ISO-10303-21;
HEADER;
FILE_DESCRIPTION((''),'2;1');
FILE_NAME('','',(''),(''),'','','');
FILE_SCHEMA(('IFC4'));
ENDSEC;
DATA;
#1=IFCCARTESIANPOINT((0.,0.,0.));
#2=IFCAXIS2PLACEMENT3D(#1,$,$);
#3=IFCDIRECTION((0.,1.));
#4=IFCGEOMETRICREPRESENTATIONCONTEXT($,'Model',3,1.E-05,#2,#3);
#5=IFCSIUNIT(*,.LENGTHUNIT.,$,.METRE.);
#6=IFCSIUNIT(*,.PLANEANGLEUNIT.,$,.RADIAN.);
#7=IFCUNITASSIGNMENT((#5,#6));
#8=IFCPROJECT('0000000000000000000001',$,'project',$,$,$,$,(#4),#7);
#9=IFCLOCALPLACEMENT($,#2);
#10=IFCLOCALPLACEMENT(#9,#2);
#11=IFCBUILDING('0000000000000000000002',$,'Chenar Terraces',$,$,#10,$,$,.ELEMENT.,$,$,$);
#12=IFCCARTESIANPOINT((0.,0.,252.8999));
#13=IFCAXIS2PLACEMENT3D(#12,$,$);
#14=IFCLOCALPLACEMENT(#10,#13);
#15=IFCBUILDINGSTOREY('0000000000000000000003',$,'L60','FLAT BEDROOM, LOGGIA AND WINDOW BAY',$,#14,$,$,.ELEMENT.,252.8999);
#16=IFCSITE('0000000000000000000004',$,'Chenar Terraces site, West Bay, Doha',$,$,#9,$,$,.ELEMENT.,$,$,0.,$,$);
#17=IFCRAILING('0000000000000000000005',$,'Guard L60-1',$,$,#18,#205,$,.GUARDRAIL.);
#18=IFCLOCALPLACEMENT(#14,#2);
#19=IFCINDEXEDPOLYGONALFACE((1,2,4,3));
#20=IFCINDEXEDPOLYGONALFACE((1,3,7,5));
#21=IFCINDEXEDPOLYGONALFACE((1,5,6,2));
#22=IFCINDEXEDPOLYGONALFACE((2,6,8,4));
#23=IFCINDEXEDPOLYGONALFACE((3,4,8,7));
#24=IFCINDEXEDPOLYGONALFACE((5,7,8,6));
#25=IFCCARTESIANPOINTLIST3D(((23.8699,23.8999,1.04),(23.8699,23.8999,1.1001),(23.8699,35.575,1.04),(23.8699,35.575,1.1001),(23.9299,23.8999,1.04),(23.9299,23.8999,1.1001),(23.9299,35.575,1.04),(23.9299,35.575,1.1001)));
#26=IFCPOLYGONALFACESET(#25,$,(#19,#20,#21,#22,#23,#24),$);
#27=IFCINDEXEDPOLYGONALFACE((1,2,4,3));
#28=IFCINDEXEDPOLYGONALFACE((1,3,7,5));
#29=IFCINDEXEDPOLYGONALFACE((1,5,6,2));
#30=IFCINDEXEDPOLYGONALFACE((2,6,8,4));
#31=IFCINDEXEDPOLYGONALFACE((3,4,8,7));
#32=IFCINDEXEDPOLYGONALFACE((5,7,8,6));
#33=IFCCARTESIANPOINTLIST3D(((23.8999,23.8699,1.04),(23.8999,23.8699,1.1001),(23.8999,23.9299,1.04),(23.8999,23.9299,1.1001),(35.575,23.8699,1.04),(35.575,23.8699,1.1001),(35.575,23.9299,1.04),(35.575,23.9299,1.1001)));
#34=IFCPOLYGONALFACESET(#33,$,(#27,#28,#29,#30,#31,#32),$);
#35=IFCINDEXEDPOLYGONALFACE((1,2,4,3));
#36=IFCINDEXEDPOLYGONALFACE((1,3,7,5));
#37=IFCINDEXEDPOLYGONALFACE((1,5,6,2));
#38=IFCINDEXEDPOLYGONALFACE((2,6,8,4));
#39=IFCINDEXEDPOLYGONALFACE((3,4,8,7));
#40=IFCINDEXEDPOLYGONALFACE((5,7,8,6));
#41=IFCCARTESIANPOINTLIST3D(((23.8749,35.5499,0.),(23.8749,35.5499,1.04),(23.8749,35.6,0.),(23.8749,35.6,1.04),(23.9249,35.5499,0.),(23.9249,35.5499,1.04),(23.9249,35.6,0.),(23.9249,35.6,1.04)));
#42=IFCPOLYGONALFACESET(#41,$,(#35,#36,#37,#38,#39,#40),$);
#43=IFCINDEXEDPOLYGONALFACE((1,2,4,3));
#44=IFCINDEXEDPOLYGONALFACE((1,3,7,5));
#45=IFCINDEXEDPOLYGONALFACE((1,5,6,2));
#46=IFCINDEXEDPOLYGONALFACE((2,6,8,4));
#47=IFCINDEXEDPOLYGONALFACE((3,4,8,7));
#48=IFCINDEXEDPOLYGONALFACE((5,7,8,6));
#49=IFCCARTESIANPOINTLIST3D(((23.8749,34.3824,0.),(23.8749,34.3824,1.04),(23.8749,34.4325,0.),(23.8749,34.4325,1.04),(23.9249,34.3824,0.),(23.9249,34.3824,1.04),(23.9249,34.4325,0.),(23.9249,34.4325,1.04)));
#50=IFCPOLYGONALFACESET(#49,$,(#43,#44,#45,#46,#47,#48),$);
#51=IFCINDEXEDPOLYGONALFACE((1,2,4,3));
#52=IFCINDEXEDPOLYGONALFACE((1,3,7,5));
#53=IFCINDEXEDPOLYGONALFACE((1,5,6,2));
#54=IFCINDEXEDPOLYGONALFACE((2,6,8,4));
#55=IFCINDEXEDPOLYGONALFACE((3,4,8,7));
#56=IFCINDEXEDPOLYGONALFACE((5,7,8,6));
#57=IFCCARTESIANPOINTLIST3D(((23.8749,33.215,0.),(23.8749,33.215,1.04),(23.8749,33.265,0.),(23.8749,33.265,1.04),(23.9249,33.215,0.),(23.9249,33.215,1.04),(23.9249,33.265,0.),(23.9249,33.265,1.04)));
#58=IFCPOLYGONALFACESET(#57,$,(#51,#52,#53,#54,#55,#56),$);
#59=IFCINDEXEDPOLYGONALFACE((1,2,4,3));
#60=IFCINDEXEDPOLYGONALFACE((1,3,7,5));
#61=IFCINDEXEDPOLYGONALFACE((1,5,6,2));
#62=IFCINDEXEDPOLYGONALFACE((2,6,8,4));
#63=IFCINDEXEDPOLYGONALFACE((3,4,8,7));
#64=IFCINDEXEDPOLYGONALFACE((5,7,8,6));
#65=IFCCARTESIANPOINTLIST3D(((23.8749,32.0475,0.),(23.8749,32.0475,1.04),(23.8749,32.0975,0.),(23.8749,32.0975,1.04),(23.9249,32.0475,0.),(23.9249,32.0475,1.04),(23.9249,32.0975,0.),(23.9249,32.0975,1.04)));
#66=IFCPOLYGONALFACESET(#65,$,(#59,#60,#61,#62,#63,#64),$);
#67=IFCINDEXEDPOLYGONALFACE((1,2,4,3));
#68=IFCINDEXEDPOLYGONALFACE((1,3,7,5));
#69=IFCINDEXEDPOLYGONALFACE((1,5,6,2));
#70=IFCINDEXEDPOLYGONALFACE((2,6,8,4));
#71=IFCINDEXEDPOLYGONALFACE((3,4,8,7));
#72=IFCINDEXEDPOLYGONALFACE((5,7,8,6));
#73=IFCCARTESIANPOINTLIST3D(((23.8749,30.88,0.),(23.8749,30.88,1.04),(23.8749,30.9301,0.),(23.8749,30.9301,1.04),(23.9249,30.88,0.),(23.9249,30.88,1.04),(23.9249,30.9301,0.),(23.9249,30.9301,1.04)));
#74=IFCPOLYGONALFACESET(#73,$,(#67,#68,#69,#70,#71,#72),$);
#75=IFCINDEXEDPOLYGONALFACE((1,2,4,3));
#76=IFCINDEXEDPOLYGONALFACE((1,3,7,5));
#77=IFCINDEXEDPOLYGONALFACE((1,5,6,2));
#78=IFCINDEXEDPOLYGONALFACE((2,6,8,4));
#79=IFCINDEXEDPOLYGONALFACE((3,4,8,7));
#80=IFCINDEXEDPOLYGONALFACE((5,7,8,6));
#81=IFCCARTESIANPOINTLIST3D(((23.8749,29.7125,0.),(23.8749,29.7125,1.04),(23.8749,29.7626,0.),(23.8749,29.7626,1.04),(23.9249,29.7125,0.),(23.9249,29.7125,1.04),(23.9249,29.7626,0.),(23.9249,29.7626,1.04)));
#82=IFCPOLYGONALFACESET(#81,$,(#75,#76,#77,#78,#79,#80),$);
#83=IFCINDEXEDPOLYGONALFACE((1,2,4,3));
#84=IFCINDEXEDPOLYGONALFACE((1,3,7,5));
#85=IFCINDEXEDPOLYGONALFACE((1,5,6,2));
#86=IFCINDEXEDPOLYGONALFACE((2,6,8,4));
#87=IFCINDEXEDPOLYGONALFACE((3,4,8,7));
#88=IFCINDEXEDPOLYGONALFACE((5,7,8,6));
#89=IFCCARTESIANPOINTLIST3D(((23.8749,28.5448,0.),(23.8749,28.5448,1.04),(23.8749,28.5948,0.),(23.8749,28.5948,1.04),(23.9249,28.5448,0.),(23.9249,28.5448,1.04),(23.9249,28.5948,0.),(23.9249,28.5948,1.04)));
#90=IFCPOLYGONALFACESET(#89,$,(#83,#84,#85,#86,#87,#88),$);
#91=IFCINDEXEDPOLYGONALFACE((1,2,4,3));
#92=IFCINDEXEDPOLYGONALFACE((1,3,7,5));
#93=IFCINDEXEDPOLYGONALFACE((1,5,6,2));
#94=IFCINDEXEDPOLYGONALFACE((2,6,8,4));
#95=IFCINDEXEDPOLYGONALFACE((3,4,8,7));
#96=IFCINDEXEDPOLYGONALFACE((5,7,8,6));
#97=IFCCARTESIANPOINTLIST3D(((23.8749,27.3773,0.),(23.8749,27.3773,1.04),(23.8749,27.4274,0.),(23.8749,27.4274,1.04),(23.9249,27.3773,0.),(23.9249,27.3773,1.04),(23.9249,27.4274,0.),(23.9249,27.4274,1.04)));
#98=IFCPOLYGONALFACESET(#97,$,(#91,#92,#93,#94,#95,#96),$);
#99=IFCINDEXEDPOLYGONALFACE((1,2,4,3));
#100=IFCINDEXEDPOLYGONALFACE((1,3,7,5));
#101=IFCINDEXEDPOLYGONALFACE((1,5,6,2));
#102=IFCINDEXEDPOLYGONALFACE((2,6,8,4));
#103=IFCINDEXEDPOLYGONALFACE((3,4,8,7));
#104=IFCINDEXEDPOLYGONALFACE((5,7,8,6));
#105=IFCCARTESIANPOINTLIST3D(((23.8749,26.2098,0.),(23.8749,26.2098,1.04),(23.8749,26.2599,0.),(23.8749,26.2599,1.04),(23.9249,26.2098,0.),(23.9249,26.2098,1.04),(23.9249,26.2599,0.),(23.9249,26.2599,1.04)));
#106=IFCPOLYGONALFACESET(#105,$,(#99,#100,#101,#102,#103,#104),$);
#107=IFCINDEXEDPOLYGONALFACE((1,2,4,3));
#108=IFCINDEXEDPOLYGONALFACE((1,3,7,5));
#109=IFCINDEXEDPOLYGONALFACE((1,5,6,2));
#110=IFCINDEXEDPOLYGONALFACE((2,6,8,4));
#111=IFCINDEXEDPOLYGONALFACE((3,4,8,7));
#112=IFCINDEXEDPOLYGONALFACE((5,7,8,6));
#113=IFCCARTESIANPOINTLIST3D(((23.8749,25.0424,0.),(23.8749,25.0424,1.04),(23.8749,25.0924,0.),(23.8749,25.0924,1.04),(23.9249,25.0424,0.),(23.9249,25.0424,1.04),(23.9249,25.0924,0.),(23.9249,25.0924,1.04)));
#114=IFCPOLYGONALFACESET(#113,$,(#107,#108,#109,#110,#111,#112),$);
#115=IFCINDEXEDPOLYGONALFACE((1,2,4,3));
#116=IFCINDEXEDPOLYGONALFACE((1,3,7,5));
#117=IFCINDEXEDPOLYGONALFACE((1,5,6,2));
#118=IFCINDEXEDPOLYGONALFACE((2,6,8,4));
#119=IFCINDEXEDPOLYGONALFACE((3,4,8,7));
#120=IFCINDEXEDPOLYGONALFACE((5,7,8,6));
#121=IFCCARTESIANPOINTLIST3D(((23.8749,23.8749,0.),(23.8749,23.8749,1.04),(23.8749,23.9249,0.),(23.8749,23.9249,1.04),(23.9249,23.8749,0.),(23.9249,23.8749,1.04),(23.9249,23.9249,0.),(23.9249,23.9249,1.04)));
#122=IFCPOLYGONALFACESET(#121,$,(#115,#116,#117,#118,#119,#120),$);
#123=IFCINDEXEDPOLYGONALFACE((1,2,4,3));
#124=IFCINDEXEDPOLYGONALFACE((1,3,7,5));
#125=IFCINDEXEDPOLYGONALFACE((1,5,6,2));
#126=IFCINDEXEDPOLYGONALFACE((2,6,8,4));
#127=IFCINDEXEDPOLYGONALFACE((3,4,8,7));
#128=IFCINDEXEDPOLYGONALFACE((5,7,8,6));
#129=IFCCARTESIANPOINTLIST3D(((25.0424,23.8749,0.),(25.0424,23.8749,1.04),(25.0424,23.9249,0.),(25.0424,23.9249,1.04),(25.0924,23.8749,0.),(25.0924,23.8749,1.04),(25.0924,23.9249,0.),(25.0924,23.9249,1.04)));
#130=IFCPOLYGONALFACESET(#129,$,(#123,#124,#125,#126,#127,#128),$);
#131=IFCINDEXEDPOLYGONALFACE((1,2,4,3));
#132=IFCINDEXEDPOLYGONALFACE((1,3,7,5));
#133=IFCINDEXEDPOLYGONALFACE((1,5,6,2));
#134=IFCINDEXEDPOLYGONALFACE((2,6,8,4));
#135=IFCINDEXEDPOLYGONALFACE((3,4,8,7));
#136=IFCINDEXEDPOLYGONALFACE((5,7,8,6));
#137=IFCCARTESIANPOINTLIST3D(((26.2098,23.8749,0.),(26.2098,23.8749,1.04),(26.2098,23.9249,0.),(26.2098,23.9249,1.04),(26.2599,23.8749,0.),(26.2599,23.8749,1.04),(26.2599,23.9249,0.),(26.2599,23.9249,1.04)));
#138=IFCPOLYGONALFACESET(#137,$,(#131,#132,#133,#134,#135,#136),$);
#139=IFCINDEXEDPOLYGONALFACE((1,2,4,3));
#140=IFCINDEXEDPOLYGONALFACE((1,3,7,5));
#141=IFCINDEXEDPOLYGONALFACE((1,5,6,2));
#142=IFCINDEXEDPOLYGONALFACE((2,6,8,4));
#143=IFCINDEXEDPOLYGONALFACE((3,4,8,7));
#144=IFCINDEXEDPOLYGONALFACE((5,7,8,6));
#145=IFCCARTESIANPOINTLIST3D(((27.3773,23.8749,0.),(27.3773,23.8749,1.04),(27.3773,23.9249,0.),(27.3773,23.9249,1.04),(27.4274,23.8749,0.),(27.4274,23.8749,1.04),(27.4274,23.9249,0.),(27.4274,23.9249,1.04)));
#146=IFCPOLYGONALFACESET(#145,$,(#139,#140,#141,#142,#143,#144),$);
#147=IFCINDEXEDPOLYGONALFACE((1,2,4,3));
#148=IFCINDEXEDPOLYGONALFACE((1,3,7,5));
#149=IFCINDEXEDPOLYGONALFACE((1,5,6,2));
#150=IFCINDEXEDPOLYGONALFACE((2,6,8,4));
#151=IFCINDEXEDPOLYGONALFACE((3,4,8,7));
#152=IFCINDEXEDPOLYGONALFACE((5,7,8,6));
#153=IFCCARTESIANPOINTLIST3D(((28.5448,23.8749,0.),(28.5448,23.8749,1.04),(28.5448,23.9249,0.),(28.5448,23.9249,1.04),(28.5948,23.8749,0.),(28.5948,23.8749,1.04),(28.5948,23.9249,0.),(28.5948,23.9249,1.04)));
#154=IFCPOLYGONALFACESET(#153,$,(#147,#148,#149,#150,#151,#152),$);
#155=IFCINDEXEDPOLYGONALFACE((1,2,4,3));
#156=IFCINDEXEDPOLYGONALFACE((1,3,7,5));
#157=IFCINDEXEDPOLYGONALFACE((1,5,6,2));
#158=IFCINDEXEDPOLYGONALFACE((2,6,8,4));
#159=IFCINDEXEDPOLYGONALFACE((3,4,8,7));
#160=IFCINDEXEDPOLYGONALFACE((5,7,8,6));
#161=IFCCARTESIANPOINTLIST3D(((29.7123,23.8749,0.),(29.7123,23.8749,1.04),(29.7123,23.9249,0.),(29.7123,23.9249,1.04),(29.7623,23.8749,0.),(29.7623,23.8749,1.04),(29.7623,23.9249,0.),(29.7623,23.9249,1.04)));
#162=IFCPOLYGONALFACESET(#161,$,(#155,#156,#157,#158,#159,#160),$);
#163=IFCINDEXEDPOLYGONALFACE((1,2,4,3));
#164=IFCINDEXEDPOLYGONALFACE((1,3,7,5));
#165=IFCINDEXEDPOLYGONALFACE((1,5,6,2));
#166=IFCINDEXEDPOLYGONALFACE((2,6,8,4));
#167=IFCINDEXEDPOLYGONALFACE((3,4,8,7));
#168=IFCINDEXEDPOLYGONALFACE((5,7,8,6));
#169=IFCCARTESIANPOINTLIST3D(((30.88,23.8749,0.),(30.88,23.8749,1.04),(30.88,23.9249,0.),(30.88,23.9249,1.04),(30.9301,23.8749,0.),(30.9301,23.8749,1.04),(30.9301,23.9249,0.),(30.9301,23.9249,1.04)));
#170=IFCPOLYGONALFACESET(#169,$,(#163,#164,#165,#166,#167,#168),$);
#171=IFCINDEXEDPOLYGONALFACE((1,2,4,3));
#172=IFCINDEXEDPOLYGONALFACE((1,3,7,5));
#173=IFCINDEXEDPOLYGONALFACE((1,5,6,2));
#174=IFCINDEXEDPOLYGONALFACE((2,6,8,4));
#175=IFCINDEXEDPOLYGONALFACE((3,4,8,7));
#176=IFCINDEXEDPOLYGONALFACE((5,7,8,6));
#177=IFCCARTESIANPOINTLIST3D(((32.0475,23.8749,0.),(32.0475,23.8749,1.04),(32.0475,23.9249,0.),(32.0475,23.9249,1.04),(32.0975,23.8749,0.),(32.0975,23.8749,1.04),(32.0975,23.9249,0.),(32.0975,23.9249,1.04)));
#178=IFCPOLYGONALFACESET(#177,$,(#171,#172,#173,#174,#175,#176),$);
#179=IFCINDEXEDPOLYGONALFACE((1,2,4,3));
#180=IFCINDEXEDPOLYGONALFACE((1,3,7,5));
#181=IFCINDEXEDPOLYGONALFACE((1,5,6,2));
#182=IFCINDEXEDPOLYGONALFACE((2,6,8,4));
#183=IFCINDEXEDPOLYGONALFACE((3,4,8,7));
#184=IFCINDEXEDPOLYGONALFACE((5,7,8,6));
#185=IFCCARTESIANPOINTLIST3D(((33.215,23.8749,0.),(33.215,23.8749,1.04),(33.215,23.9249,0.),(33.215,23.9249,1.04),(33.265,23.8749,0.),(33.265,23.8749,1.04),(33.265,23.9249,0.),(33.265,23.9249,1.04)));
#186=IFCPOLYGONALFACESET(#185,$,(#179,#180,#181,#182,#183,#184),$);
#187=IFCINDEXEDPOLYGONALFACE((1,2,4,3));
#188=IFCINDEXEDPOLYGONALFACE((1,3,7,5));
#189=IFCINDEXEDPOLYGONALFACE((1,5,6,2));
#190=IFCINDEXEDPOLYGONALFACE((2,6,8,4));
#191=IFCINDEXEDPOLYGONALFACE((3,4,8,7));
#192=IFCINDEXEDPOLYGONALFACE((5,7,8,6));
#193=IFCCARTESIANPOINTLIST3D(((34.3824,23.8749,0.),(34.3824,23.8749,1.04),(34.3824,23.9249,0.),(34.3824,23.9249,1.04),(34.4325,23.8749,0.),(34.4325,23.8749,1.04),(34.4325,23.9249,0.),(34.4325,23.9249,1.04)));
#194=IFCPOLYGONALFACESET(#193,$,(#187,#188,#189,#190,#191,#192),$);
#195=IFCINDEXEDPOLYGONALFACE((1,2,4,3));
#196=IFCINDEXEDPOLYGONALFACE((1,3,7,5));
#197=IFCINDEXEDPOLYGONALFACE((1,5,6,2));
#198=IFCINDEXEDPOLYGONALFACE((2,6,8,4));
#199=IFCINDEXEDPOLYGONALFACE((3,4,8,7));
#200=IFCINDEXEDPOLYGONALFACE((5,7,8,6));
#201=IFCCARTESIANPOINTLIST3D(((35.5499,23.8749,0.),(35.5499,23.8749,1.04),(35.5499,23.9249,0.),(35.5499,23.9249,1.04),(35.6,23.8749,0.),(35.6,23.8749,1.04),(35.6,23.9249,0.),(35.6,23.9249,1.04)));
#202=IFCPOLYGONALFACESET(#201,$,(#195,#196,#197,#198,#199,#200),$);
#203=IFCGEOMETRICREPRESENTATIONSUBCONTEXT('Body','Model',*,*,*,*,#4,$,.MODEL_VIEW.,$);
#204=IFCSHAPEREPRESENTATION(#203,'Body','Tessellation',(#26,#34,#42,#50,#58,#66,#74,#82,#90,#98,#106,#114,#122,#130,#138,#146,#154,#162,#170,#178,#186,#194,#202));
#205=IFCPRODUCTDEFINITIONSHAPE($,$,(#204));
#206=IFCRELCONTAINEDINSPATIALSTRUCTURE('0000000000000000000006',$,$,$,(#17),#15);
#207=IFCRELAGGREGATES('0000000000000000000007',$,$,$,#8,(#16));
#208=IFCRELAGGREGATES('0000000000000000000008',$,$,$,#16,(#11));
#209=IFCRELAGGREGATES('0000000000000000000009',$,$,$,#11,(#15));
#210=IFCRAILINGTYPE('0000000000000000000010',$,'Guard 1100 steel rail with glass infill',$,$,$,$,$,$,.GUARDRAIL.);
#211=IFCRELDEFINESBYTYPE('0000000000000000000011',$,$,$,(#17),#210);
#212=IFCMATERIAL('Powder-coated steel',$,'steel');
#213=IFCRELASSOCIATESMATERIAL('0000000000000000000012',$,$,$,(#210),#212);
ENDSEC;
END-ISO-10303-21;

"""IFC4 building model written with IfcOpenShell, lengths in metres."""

from ifc_helpers import new_model, si_unit, direction, frame, origin, origin_2d, place, context, subcontext, project, spatial, rectangle, extrude, material, type_object, element, save


model = new_model("IFC4")

# Units and contexts
model_context = context("Model", 3, precision=1e-05, world=origin(), true_north=direction((0.0, 1.0)))
body_context = subcontext(model_context, "Body", "Model", "MODEL_VIEW")
ifc_project = project(units=[si_unit("LENGTHUNIT", "METRE"), si_unit("PLANEANGLEUNIT", "RADIAN")], contexts=[model_context])

# Site, building, storey
site_placement = place(None, origin())
site = spatial("IfcSite", under=ifc_project, at=site_placement, Name="Chenar Terraces site, West Bay, Doha", CompositionType="ELEMENT", RefElevation=0.0)
building_placement = place(site_placement, origin())
building = spatial("IfcBuilding", under=site, at=building_placement, Name="Chenar Terraces", CompositionType="ELEMENT")
storey_placement = place(building_placement, frame((0.0, 0.0, 252.8999)))
storey = spatial("IfcBuildingStorey", under=building, at=storey_placement, Name="L60", Description="FLAT BEDROOM, LOGGIA AND WINDOW BAY", CompositionType="ELEMENT", Elevation=252.8999)

# Railing
ifc_material_1 = material(Name="Powder-coated steel", Category="steel")
railing_type = type_object("IfcRailingType", Name="Guard 1100 steel rail with glass infill", PredefinedType="GUARDRAIL", material=ifc_material_1)
railing_placement = place(storey_placement, frame((23.8999, 35.575, 0.0)))
element("IfcRailing", 1, at=railing_placement, inside=storey, type_object=railing_type, Name="Guard L60-1", PredefinedType="GUARDRAIL", context=body_context, shape_type="SweptSolid", body=[
    extrude(rectangle(XDim=0.0601, YDim=0.0601, at=origin_2d()), frame((0.0, 0.0, 1.0701), z_axis=(0.0, -1.0, 0.0), x_axis=(1.0, 0.0, 0.0)), (0.0, 0.0, 1.0), 11.675),
    extrude(rectangle(XDim=0.0601, YDim=0.0601, at=origin_2d()), frame((0.0, -11.675, 1.0701), z_axis=(1.0, 0.0, 0.0), x_axis=(0.0, 1.0, 0.0)), (0.0, 0.0, 1.0), 11.675),
    extrude(rectangle(XDim=0.05, YDim=0.05, at=origin_2d()), origin(), (0.0, 0.0, 1.0), 1.04),
    extrude(rectangle(XDim=0.05, YDim=0.05, at=origin_2d()), frame((0.0, -1.1675, 0.0)), (0.0, 0.0, 1.0), 1.04),
    extrude(rectangle(XDim=0.05, YDim=0.05, at=origin_2d()), frame((0.0, -2.335, 0.0)), (0.0, 0.0, 1.0), 1.04),
    extrude(rectangle(XDim=0.05, YDim=0.05, at=origin_2d()), frame((0.0, -3.5024, 0.0)), (0.0, 0.0, 1.0), 1.04),
    extrude(rectangle(XDim=0.05, YDim=0.05, at=origin_2d()), frame((0.0, -4.6699, 0.0)), (0.0, 0.0, 1.0), 1.04),
    extrude(rectangle(XDim=0.05, YDim=0.05, at=origin_2d()), frame((0.0, -5.8374, 0.0)), (0.0, 0.0, 1.0), 1.04),
    extrude(rectangle(XDim=0.05, YDim=0.05, at=origin_2d()), frame((0.0, -7.0051, 0.0)), (0.0, 0.0, 1.0), 1.04),
    extrude(rectangle(XDim=0.05, YDim=0.05, at=origin_2d()), frame((0.0, -8.1726, 0.0)), (0.0, 0.0, 1.0), 1.04),
    extrude(rectangle(XDim=0.05, YDim=0.05, at=origin_2d()), frame((0.0, -9.3401, 0.0)), (0.0, 0.0, 1.0), 1.04),
    extrude(rectangle(XDim=0.05, YDim=0.05, at=origin_2d()), frame((0.0, -10.5076, 0.0)), (0.0, 0.0, 1.0), 1.04),
    extrude(rectangle(XDim=0.05, YDim=0.05, at=origin_2d()), frame((0.0, -11.675, 0.0)), (0.0, 0.0, 1.0), 1.04),
    extrude(rectangle(XDim=0.05, YDim=0.05, at=origin_2d()), frame((1.1675, -11.675, 0.0)), (0.0, 0.0, 1.0), 1.04),
    extrude(rectangle(XDim=0.05, YDim=0.05, at=origin_2d()), frame((2.335, -11.675, 0.0)), (0.0, 0.0, 1.0), 1.04),
    extrude(rectangle(XDim=0.05, YDim=0.05, at=origin_2d()), frame((3.5024, -11.675, 0.0)), (0.0, 0.0, 1.0), 1.04),
    extrude(rectangle(XDim=0.05, YDim=0.05, at=origin_2d()), frame((4.6699, -11.675, 0.0)), (0.0, 0.0, 1.0), 1.04),
    extrude(rectangle(XDim=0.05, YDim=0.05, at=origin_2d()), frame((5.8374, -11.675, 0.0)), (0.0, 0.0, 1.0), 1.04),
    extrude(rectangle(XDim=0.05, YDim=0.05, at=origin_2d()), frame((7.0051, -11.675, 0.0)), (0.0, 0.0, 1.0), 1.04),
    extrude(rectangle(XDim=0.05, YDim=0.05, at=origin_2d()), frame((8.1726, -11.675, 0.0)), (0.0, 0.0, 1.0), 1.04),
    extrude(rectangle(XDim=0.05, YDim=0.05, at=origin_2d()), frame((9.3401, -11.675, 0.0)), (0.0, 0.0, 1.0), 1.04),
    extrude(rectangle(XDim=0.05, YDim=0.05, at=origin_2d()), frame((10.5076, -11.675, 0.0)), (0.0, 0.0, 1.0), 1.04),
    extrude(rectangle(XDim=0.05, YDim=0.05, at=origin_2d()), frame((11.675, -11.675, 0.0)), (0.0, 0.0, 1.0), 1.04),
])

save(model, "model.ifc")
